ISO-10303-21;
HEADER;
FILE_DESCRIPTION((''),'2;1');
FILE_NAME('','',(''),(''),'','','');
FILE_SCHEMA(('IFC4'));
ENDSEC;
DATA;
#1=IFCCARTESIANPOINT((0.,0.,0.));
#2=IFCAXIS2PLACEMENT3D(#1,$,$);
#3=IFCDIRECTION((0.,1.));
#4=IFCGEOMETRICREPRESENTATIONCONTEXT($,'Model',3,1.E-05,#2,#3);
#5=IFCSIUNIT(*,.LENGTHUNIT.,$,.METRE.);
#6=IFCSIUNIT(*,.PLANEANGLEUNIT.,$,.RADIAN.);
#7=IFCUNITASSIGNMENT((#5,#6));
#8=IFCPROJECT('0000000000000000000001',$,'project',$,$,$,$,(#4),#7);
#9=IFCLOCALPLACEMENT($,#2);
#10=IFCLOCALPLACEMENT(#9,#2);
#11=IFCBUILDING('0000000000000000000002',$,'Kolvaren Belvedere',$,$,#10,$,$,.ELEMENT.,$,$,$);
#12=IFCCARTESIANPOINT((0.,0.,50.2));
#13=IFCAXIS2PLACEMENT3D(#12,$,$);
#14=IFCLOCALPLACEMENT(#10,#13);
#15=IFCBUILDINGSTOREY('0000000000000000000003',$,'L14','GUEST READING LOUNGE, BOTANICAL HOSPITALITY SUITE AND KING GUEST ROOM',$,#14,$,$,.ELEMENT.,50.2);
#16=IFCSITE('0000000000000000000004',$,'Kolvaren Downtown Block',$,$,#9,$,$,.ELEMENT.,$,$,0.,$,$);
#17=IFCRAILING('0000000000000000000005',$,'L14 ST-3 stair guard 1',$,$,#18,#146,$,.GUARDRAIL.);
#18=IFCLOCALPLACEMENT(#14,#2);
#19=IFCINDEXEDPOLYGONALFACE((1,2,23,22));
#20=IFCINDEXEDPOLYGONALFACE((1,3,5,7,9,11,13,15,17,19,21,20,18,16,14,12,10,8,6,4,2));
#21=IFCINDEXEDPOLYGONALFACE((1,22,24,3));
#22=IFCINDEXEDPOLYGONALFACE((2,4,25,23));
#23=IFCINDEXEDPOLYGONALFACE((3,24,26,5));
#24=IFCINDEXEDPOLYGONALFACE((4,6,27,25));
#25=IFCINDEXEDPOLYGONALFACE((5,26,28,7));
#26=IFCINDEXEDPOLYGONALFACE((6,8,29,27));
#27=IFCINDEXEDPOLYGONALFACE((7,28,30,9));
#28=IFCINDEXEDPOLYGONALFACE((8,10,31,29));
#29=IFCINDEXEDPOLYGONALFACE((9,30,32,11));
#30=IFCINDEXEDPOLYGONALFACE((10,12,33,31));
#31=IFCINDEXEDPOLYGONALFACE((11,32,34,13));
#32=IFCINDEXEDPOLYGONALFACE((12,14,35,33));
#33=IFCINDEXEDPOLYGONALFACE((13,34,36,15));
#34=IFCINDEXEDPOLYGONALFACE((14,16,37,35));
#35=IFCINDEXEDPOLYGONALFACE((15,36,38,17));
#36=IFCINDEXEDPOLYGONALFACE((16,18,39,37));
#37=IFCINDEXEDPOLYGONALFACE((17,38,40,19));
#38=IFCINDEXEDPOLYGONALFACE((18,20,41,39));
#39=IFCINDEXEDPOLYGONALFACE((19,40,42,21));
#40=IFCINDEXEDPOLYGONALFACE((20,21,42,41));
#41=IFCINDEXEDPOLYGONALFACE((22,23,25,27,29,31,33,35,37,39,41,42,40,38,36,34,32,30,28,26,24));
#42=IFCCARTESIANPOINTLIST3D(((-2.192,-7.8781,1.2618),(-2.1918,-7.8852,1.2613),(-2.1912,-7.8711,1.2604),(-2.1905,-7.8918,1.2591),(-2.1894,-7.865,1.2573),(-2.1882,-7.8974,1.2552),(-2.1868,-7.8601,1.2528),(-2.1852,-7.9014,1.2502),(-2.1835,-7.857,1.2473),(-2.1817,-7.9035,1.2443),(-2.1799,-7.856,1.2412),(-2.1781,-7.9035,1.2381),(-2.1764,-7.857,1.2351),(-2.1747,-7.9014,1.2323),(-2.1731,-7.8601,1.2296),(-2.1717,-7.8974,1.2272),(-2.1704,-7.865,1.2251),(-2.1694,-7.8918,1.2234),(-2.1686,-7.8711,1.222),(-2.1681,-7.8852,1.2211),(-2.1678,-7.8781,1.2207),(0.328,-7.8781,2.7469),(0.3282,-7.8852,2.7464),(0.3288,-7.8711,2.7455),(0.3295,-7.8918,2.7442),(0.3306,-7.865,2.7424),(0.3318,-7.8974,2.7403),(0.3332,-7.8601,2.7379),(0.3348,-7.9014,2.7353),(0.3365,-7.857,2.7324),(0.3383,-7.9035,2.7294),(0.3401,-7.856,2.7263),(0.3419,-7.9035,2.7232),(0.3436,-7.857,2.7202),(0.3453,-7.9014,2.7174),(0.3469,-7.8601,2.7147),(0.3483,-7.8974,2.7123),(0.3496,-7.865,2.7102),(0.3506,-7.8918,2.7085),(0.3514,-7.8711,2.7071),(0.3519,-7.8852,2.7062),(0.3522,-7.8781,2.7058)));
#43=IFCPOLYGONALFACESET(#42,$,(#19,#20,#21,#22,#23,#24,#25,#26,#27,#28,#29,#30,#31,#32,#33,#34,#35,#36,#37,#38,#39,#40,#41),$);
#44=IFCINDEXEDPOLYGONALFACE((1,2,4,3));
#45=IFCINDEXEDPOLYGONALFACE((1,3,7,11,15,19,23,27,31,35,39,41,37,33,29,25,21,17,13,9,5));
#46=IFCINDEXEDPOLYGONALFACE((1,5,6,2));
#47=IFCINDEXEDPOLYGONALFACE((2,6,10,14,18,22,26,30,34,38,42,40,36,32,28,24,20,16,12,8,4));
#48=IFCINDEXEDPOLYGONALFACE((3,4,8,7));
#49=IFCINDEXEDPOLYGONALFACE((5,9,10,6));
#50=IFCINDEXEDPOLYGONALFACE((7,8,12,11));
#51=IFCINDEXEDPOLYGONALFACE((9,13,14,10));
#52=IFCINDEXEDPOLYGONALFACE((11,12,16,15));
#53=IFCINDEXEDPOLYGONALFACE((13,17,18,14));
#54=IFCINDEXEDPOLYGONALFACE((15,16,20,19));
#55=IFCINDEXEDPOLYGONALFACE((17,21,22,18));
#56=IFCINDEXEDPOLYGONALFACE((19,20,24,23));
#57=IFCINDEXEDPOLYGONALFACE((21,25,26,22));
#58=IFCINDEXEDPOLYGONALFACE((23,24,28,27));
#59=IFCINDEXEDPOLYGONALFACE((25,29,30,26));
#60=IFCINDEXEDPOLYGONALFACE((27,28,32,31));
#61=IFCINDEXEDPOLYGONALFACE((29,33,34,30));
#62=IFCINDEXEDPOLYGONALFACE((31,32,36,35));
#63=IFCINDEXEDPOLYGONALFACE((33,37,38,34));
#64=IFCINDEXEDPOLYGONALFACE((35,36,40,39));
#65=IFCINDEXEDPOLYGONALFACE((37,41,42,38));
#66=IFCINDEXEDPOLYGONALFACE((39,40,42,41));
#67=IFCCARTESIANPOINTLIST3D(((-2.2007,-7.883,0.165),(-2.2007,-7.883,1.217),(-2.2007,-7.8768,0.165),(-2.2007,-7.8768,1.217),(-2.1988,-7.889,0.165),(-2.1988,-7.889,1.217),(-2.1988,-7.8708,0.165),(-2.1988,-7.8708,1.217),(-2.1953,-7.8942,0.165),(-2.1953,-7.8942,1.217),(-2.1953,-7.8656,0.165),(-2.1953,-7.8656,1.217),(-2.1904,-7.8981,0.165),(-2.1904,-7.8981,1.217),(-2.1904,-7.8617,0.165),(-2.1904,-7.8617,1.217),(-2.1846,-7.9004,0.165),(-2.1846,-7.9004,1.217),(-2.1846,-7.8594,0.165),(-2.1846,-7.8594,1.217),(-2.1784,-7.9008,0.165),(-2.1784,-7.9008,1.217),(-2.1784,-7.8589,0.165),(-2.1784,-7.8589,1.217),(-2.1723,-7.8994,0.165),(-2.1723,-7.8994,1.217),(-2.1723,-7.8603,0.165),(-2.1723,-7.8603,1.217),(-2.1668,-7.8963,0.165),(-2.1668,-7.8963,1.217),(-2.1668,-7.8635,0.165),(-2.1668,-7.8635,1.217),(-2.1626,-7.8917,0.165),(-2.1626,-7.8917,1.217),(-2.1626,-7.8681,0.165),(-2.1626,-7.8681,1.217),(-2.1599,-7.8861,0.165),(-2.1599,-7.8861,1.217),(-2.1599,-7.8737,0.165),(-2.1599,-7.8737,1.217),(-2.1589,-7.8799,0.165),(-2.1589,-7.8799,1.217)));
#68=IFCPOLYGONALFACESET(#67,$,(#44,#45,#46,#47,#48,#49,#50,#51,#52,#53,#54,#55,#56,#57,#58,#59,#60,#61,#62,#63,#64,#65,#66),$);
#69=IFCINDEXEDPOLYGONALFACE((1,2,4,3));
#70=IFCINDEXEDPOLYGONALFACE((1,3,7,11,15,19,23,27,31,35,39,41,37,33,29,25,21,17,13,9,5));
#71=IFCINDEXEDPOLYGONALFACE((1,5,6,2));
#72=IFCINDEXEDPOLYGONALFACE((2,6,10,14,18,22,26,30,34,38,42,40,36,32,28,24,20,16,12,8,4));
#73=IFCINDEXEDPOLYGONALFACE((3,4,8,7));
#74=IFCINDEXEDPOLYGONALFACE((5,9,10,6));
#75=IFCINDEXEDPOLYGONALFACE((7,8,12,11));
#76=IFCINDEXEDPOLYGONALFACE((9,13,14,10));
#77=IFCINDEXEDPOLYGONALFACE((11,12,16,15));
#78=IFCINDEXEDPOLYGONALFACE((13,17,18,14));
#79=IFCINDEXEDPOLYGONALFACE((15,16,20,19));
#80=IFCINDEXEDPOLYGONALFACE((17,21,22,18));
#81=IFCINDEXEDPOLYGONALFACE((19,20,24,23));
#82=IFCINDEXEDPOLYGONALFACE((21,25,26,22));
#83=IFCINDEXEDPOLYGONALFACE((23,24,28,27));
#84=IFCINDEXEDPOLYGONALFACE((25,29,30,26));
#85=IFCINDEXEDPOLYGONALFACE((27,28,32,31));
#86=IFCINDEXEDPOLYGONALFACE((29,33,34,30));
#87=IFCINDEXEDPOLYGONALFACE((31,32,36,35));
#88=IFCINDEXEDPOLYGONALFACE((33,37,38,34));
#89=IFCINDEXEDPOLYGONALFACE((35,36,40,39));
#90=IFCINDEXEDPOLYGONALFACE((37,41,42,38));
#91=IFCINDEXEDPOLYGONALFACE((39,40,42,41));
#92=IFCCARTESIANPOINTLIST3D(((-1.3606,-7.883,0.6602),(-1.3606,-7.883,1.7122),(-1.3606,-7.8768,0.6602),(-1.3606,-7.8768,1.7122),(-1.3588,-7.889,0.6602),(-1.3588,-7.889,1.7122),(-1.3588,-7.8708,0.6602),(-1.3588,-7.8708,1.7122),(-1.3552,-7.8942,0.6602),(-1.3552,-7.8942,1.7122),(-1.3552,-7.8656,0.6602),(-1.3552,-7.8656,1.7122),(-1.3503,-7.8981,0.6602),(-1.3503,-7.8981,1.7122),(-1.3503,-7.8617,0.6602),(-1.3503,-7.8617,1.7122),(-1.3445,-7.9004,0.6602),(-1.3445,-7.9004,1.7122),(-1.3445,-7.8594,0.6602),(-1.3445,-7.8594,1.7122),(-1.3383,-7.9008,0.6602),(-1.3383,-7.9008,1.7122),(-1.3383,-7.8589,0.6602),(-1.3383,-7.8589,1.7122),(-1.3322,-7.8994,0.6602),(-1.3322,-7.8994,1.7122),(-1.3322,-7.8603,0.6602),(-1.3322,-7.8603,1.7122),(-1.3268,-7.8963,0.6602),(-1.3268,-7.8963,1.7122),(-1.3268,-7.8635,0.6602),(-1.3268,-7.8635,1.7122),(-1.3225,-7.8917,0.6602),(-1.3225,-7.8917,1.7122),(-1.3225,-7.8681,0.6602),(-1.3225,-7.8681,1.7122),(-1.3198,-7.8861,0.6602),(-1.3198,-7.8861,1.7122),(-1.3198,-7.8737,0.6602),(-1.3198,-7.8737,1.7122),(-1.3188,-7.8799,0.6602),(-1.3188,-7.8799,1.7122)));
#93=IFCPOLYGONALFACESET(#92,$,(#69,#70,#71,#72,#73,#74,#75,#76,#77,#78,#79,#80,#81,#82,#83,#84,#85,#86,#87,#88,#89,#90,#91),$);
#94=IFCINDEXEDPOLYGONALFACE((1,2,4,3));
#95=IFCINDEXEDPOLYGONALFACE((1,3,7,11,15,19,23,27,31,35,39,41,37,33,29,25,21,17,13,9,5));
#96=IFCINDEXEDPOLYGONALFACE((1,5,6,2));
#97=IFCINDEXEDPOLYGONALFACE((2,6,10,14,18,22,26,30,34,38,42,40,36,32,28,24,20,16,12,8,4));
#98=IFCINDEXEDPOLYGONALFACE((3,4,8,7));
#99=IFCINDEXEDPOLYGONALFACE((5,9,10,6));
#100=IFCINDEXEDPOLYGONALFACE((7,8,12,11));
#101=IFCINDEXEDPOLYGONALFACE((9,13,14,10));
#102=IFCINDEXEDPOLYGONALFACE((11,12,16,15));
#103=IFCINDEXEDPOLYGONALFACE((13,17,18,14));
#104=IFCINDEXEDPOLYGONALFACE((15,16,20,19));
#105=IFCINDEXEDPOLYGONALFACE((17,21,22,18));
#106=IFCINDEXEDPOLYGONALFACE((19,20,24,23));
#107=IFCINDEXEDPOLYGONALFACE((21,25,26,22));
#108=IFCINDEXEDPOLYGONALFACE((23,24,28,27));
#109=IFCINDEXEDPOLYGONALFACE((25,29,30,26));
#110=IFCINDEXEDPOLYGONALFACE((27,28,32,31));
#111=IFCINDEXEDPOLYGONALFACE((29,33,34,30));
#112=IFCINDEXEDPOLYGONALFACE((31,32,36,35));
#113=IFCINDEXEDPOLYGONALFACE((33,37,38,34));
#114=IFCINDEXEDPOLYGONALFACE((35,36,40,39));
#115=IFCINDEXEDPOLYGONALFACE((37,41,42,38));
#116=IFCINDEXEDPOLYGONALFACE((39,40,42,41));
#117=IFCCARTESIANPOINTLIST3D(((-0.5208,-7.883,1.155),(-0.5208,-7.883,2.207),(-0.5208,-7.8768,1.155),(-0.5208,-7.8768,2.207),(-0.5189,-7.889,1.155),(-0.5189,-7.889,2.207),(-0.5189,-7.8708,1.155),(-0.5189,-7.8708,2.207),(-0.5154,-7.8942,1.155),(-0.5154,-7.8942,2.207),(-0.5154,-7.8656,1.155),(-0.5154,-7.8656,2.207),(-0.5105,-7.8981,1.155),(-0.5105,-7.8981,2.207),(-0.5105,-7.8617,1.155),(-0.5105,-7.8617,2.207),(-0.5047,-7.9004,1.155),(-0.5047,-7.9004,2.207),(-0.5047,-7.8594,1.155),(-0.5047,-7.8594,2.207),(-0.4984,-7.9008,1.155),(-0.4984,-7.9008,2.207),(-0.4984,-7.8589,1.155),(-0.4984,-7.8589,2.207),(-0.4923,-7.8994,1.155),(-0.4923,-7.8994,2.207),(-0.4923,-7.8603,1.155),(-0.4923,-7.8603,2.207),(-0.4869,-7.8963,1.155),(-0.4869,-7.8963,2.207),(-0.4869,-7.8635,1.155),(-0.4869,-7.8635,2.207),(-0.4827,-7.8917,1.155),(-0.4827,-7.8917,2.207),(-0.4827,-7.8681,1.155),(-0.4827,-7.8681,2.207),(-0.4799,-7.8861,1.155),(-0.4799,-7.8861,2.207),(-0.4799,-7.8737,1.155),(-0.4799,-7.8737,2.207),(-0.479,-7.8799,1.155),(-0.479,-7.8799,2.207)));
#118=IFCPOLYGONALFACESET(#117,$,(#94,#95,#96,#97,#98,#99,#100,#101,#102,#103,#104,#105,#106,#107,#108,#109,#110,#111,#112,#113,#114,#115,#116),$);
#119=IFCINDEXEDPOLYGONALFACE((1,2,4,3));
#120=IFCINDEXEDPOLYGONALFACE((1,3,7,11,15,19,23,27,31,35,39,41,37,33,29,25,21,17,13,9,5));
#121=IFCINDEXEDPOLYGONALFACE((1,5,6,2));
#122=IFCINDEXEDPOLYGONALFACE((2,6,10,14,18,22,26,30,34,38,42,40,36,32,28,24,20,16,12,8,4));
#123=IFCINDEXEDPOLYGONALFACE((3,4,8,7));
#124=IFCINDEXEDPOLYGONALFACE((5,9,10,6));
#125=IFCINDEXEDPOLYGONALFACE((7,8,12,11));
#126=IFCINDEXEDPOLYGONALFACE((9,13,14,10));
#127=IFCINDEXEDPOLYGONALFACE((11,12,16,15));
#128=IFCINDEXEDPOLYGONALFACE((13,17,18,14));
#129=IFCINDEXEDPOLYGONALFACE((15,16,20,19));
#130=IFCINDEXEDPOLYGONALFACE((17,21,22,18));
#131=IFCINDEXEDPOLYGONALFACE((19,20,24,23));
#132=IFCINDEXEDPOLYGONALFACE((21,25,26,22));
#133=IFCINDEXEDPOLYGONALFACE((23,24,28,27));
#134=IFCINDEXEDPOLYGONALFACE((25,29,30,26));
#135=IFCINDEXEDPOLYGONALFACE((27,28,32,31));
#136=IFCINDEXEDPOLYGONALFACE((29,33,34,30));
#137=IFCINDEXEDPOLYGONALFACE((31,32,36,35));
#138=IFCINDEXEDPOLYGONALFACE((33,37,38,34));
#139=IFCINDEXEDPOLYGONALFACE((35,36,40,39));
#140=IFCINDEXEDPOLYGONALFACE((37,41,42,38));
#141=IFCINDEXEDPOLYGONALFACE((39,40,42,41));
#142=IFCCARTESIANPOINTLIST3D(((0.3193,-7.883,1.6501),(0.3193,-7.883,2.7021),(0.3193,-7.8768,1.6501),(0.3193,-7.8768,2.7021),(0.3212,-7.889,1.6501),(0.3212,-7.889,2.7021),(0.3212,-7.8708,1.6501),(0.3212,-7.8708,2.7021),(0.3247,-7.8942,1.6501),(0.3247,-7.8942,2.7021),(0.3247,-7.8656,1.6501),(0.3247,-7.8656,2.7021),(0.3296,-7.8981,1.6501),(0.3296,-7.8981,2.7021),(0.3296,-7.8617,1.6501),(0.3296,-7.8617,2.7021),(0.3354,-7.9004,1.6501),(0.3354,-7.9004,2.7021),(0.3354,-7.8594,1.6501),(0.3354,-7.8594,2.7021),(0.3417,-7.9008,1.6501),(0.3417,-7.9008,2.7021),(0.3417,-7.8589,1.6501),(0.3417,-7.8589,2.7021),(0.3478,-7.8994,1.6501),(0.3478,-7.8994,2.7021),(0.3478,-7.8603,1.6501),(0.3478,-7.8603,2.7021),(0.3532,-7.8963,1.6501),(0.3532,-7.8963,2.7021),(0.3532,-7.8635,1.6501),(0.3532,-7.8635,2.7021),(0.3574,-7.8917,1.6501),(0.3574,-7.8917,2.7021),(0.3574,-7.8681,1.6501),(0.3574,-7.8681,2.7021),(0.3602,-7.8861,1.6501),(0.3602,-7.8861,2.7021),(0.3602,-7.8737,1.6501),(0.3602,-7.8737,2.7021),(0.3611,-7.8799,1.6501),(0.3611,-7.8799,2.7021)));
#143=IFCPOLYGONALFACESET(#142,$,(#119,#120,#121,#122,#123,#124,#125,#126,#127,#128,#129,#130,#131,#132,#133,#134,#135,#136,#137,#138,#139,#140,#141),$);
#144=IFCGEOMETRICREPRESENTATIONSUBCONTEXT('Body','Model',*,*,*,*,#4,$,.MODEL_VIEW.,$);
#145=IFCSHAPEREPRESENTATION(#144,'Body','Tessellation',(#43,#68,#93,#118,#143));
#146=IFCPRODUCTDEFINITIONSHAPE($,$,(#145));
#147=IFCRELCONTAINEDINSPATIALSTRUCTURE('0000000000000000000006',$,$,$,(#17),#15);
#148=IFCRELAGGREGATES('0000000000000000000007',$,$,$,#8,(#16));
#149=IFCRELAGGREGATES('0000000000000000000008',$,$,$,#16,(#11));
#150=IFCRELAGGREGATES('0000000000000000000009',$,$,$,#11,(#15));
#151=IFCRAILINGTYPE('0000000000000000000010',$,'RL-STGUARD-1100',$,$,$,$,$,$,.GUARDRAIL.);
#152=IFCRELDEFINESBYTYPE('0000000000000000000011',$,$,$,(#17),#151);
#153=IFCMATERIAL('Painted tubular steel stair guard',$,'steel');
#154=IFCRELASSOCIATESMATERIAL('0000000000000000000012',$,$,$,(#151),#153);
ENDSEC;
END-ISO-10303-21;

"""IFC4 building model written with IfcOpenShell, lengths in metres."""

from ifc_helpers import new_model, si_unit, direction, frame, origin, origin_2d, place, context, subcontext, project, spatial, circle, extrude, material, type_object, element, save


model = new_model("IFC4")

# Units and contexts
model_context = context("Model", 3, precision=1e-05, world=origin(), true_north=direction((0.0, 1.0)))
body_context = subcontext(model_context, "Body", "Model", "MODEL_VIEW")
ifc_project = project(units=[si_unit("LENGTHUNIT", "METRE"), si_unit("PLANEANGLEUNIT", "RADIAN")], contexts=[model_context])

# Site, building, storey
site_placement = place(None, origin())
site = spatial("IfcSite", under=ifc_project, at=site_placement, Name="Kolvaren Downtown Block", CompositionType="ELEMENT", RefElevation=0.0)
building_placement = place(site_placement, origin())
building = spatial("IfcBuilding", under=site, at=building_placement, Name="Kolvaren Belvedere", CompositionType="ELEMENT")
storey_placement = place(building_placement, frame((0.0, 0.0, 50.2)))
storey = spatial("IfcBuildingStorey", under=building, at=storey_placement, Name="L14", Description="GUEST READING LOUNGE, BOTANICAL HOSPITALITY SUITE AND KING GUEST ROOM", CompositionType="ELEMENT", Elevation=50.2)

# Railing
ifc_material_1 = material(Name="Painted tubular steel stair guard", Category="steel")
railing_type_1 = type_object("IfcRailingType", Name="RL-STGUARD-1100", PredefinedType="GUARDRAIL", material=ifc_material_1)
railing_1_placement = place(storey_placement, frame((-2.1799, -7.8799, 0.165)))
element("IfcRailing", 1, at=railing_1_placement, inside=storey, type_object=railing_type_1, Name="L14 ST-3 stair guard 1", PredefinedType="GUARDRAIL", context=body_context, shape_type="SweptSolid", body=[
    extrude(circle(Radius=0.0239, at=origin_2d()), frame((0.0, 0.0, 1.0762), z_axis=(0.861524, 0.0, 0.507717), x_axis=(0.0, 1.0, 0.0)), (0.0, 0.0, 1.0), 2.925),
    extrude(circle(Radius=0.021, at=origin_2d()), origin(), (0.0, 0.0, 1.0), 1.052),
    extrude(circle(Radius=0.021, at=origin_2d()), frame((0.8401, 0.0, 0.4951)), (0.0, 0.0, 1.0), 1.052),
    extrude(circle(Radius=0.021, at=origin_2d()), frame((1.6799, 0.0, 0.99)), (0.0, 0.0, 1.0), 1.052),
    extrude(circle(Radius=0.021, at=origin_2d()), frame((2.52, 0.0, 1.4851)), (0.0, 0.0, 1.0), 1.052),
])

save(model, "model.ifc")
